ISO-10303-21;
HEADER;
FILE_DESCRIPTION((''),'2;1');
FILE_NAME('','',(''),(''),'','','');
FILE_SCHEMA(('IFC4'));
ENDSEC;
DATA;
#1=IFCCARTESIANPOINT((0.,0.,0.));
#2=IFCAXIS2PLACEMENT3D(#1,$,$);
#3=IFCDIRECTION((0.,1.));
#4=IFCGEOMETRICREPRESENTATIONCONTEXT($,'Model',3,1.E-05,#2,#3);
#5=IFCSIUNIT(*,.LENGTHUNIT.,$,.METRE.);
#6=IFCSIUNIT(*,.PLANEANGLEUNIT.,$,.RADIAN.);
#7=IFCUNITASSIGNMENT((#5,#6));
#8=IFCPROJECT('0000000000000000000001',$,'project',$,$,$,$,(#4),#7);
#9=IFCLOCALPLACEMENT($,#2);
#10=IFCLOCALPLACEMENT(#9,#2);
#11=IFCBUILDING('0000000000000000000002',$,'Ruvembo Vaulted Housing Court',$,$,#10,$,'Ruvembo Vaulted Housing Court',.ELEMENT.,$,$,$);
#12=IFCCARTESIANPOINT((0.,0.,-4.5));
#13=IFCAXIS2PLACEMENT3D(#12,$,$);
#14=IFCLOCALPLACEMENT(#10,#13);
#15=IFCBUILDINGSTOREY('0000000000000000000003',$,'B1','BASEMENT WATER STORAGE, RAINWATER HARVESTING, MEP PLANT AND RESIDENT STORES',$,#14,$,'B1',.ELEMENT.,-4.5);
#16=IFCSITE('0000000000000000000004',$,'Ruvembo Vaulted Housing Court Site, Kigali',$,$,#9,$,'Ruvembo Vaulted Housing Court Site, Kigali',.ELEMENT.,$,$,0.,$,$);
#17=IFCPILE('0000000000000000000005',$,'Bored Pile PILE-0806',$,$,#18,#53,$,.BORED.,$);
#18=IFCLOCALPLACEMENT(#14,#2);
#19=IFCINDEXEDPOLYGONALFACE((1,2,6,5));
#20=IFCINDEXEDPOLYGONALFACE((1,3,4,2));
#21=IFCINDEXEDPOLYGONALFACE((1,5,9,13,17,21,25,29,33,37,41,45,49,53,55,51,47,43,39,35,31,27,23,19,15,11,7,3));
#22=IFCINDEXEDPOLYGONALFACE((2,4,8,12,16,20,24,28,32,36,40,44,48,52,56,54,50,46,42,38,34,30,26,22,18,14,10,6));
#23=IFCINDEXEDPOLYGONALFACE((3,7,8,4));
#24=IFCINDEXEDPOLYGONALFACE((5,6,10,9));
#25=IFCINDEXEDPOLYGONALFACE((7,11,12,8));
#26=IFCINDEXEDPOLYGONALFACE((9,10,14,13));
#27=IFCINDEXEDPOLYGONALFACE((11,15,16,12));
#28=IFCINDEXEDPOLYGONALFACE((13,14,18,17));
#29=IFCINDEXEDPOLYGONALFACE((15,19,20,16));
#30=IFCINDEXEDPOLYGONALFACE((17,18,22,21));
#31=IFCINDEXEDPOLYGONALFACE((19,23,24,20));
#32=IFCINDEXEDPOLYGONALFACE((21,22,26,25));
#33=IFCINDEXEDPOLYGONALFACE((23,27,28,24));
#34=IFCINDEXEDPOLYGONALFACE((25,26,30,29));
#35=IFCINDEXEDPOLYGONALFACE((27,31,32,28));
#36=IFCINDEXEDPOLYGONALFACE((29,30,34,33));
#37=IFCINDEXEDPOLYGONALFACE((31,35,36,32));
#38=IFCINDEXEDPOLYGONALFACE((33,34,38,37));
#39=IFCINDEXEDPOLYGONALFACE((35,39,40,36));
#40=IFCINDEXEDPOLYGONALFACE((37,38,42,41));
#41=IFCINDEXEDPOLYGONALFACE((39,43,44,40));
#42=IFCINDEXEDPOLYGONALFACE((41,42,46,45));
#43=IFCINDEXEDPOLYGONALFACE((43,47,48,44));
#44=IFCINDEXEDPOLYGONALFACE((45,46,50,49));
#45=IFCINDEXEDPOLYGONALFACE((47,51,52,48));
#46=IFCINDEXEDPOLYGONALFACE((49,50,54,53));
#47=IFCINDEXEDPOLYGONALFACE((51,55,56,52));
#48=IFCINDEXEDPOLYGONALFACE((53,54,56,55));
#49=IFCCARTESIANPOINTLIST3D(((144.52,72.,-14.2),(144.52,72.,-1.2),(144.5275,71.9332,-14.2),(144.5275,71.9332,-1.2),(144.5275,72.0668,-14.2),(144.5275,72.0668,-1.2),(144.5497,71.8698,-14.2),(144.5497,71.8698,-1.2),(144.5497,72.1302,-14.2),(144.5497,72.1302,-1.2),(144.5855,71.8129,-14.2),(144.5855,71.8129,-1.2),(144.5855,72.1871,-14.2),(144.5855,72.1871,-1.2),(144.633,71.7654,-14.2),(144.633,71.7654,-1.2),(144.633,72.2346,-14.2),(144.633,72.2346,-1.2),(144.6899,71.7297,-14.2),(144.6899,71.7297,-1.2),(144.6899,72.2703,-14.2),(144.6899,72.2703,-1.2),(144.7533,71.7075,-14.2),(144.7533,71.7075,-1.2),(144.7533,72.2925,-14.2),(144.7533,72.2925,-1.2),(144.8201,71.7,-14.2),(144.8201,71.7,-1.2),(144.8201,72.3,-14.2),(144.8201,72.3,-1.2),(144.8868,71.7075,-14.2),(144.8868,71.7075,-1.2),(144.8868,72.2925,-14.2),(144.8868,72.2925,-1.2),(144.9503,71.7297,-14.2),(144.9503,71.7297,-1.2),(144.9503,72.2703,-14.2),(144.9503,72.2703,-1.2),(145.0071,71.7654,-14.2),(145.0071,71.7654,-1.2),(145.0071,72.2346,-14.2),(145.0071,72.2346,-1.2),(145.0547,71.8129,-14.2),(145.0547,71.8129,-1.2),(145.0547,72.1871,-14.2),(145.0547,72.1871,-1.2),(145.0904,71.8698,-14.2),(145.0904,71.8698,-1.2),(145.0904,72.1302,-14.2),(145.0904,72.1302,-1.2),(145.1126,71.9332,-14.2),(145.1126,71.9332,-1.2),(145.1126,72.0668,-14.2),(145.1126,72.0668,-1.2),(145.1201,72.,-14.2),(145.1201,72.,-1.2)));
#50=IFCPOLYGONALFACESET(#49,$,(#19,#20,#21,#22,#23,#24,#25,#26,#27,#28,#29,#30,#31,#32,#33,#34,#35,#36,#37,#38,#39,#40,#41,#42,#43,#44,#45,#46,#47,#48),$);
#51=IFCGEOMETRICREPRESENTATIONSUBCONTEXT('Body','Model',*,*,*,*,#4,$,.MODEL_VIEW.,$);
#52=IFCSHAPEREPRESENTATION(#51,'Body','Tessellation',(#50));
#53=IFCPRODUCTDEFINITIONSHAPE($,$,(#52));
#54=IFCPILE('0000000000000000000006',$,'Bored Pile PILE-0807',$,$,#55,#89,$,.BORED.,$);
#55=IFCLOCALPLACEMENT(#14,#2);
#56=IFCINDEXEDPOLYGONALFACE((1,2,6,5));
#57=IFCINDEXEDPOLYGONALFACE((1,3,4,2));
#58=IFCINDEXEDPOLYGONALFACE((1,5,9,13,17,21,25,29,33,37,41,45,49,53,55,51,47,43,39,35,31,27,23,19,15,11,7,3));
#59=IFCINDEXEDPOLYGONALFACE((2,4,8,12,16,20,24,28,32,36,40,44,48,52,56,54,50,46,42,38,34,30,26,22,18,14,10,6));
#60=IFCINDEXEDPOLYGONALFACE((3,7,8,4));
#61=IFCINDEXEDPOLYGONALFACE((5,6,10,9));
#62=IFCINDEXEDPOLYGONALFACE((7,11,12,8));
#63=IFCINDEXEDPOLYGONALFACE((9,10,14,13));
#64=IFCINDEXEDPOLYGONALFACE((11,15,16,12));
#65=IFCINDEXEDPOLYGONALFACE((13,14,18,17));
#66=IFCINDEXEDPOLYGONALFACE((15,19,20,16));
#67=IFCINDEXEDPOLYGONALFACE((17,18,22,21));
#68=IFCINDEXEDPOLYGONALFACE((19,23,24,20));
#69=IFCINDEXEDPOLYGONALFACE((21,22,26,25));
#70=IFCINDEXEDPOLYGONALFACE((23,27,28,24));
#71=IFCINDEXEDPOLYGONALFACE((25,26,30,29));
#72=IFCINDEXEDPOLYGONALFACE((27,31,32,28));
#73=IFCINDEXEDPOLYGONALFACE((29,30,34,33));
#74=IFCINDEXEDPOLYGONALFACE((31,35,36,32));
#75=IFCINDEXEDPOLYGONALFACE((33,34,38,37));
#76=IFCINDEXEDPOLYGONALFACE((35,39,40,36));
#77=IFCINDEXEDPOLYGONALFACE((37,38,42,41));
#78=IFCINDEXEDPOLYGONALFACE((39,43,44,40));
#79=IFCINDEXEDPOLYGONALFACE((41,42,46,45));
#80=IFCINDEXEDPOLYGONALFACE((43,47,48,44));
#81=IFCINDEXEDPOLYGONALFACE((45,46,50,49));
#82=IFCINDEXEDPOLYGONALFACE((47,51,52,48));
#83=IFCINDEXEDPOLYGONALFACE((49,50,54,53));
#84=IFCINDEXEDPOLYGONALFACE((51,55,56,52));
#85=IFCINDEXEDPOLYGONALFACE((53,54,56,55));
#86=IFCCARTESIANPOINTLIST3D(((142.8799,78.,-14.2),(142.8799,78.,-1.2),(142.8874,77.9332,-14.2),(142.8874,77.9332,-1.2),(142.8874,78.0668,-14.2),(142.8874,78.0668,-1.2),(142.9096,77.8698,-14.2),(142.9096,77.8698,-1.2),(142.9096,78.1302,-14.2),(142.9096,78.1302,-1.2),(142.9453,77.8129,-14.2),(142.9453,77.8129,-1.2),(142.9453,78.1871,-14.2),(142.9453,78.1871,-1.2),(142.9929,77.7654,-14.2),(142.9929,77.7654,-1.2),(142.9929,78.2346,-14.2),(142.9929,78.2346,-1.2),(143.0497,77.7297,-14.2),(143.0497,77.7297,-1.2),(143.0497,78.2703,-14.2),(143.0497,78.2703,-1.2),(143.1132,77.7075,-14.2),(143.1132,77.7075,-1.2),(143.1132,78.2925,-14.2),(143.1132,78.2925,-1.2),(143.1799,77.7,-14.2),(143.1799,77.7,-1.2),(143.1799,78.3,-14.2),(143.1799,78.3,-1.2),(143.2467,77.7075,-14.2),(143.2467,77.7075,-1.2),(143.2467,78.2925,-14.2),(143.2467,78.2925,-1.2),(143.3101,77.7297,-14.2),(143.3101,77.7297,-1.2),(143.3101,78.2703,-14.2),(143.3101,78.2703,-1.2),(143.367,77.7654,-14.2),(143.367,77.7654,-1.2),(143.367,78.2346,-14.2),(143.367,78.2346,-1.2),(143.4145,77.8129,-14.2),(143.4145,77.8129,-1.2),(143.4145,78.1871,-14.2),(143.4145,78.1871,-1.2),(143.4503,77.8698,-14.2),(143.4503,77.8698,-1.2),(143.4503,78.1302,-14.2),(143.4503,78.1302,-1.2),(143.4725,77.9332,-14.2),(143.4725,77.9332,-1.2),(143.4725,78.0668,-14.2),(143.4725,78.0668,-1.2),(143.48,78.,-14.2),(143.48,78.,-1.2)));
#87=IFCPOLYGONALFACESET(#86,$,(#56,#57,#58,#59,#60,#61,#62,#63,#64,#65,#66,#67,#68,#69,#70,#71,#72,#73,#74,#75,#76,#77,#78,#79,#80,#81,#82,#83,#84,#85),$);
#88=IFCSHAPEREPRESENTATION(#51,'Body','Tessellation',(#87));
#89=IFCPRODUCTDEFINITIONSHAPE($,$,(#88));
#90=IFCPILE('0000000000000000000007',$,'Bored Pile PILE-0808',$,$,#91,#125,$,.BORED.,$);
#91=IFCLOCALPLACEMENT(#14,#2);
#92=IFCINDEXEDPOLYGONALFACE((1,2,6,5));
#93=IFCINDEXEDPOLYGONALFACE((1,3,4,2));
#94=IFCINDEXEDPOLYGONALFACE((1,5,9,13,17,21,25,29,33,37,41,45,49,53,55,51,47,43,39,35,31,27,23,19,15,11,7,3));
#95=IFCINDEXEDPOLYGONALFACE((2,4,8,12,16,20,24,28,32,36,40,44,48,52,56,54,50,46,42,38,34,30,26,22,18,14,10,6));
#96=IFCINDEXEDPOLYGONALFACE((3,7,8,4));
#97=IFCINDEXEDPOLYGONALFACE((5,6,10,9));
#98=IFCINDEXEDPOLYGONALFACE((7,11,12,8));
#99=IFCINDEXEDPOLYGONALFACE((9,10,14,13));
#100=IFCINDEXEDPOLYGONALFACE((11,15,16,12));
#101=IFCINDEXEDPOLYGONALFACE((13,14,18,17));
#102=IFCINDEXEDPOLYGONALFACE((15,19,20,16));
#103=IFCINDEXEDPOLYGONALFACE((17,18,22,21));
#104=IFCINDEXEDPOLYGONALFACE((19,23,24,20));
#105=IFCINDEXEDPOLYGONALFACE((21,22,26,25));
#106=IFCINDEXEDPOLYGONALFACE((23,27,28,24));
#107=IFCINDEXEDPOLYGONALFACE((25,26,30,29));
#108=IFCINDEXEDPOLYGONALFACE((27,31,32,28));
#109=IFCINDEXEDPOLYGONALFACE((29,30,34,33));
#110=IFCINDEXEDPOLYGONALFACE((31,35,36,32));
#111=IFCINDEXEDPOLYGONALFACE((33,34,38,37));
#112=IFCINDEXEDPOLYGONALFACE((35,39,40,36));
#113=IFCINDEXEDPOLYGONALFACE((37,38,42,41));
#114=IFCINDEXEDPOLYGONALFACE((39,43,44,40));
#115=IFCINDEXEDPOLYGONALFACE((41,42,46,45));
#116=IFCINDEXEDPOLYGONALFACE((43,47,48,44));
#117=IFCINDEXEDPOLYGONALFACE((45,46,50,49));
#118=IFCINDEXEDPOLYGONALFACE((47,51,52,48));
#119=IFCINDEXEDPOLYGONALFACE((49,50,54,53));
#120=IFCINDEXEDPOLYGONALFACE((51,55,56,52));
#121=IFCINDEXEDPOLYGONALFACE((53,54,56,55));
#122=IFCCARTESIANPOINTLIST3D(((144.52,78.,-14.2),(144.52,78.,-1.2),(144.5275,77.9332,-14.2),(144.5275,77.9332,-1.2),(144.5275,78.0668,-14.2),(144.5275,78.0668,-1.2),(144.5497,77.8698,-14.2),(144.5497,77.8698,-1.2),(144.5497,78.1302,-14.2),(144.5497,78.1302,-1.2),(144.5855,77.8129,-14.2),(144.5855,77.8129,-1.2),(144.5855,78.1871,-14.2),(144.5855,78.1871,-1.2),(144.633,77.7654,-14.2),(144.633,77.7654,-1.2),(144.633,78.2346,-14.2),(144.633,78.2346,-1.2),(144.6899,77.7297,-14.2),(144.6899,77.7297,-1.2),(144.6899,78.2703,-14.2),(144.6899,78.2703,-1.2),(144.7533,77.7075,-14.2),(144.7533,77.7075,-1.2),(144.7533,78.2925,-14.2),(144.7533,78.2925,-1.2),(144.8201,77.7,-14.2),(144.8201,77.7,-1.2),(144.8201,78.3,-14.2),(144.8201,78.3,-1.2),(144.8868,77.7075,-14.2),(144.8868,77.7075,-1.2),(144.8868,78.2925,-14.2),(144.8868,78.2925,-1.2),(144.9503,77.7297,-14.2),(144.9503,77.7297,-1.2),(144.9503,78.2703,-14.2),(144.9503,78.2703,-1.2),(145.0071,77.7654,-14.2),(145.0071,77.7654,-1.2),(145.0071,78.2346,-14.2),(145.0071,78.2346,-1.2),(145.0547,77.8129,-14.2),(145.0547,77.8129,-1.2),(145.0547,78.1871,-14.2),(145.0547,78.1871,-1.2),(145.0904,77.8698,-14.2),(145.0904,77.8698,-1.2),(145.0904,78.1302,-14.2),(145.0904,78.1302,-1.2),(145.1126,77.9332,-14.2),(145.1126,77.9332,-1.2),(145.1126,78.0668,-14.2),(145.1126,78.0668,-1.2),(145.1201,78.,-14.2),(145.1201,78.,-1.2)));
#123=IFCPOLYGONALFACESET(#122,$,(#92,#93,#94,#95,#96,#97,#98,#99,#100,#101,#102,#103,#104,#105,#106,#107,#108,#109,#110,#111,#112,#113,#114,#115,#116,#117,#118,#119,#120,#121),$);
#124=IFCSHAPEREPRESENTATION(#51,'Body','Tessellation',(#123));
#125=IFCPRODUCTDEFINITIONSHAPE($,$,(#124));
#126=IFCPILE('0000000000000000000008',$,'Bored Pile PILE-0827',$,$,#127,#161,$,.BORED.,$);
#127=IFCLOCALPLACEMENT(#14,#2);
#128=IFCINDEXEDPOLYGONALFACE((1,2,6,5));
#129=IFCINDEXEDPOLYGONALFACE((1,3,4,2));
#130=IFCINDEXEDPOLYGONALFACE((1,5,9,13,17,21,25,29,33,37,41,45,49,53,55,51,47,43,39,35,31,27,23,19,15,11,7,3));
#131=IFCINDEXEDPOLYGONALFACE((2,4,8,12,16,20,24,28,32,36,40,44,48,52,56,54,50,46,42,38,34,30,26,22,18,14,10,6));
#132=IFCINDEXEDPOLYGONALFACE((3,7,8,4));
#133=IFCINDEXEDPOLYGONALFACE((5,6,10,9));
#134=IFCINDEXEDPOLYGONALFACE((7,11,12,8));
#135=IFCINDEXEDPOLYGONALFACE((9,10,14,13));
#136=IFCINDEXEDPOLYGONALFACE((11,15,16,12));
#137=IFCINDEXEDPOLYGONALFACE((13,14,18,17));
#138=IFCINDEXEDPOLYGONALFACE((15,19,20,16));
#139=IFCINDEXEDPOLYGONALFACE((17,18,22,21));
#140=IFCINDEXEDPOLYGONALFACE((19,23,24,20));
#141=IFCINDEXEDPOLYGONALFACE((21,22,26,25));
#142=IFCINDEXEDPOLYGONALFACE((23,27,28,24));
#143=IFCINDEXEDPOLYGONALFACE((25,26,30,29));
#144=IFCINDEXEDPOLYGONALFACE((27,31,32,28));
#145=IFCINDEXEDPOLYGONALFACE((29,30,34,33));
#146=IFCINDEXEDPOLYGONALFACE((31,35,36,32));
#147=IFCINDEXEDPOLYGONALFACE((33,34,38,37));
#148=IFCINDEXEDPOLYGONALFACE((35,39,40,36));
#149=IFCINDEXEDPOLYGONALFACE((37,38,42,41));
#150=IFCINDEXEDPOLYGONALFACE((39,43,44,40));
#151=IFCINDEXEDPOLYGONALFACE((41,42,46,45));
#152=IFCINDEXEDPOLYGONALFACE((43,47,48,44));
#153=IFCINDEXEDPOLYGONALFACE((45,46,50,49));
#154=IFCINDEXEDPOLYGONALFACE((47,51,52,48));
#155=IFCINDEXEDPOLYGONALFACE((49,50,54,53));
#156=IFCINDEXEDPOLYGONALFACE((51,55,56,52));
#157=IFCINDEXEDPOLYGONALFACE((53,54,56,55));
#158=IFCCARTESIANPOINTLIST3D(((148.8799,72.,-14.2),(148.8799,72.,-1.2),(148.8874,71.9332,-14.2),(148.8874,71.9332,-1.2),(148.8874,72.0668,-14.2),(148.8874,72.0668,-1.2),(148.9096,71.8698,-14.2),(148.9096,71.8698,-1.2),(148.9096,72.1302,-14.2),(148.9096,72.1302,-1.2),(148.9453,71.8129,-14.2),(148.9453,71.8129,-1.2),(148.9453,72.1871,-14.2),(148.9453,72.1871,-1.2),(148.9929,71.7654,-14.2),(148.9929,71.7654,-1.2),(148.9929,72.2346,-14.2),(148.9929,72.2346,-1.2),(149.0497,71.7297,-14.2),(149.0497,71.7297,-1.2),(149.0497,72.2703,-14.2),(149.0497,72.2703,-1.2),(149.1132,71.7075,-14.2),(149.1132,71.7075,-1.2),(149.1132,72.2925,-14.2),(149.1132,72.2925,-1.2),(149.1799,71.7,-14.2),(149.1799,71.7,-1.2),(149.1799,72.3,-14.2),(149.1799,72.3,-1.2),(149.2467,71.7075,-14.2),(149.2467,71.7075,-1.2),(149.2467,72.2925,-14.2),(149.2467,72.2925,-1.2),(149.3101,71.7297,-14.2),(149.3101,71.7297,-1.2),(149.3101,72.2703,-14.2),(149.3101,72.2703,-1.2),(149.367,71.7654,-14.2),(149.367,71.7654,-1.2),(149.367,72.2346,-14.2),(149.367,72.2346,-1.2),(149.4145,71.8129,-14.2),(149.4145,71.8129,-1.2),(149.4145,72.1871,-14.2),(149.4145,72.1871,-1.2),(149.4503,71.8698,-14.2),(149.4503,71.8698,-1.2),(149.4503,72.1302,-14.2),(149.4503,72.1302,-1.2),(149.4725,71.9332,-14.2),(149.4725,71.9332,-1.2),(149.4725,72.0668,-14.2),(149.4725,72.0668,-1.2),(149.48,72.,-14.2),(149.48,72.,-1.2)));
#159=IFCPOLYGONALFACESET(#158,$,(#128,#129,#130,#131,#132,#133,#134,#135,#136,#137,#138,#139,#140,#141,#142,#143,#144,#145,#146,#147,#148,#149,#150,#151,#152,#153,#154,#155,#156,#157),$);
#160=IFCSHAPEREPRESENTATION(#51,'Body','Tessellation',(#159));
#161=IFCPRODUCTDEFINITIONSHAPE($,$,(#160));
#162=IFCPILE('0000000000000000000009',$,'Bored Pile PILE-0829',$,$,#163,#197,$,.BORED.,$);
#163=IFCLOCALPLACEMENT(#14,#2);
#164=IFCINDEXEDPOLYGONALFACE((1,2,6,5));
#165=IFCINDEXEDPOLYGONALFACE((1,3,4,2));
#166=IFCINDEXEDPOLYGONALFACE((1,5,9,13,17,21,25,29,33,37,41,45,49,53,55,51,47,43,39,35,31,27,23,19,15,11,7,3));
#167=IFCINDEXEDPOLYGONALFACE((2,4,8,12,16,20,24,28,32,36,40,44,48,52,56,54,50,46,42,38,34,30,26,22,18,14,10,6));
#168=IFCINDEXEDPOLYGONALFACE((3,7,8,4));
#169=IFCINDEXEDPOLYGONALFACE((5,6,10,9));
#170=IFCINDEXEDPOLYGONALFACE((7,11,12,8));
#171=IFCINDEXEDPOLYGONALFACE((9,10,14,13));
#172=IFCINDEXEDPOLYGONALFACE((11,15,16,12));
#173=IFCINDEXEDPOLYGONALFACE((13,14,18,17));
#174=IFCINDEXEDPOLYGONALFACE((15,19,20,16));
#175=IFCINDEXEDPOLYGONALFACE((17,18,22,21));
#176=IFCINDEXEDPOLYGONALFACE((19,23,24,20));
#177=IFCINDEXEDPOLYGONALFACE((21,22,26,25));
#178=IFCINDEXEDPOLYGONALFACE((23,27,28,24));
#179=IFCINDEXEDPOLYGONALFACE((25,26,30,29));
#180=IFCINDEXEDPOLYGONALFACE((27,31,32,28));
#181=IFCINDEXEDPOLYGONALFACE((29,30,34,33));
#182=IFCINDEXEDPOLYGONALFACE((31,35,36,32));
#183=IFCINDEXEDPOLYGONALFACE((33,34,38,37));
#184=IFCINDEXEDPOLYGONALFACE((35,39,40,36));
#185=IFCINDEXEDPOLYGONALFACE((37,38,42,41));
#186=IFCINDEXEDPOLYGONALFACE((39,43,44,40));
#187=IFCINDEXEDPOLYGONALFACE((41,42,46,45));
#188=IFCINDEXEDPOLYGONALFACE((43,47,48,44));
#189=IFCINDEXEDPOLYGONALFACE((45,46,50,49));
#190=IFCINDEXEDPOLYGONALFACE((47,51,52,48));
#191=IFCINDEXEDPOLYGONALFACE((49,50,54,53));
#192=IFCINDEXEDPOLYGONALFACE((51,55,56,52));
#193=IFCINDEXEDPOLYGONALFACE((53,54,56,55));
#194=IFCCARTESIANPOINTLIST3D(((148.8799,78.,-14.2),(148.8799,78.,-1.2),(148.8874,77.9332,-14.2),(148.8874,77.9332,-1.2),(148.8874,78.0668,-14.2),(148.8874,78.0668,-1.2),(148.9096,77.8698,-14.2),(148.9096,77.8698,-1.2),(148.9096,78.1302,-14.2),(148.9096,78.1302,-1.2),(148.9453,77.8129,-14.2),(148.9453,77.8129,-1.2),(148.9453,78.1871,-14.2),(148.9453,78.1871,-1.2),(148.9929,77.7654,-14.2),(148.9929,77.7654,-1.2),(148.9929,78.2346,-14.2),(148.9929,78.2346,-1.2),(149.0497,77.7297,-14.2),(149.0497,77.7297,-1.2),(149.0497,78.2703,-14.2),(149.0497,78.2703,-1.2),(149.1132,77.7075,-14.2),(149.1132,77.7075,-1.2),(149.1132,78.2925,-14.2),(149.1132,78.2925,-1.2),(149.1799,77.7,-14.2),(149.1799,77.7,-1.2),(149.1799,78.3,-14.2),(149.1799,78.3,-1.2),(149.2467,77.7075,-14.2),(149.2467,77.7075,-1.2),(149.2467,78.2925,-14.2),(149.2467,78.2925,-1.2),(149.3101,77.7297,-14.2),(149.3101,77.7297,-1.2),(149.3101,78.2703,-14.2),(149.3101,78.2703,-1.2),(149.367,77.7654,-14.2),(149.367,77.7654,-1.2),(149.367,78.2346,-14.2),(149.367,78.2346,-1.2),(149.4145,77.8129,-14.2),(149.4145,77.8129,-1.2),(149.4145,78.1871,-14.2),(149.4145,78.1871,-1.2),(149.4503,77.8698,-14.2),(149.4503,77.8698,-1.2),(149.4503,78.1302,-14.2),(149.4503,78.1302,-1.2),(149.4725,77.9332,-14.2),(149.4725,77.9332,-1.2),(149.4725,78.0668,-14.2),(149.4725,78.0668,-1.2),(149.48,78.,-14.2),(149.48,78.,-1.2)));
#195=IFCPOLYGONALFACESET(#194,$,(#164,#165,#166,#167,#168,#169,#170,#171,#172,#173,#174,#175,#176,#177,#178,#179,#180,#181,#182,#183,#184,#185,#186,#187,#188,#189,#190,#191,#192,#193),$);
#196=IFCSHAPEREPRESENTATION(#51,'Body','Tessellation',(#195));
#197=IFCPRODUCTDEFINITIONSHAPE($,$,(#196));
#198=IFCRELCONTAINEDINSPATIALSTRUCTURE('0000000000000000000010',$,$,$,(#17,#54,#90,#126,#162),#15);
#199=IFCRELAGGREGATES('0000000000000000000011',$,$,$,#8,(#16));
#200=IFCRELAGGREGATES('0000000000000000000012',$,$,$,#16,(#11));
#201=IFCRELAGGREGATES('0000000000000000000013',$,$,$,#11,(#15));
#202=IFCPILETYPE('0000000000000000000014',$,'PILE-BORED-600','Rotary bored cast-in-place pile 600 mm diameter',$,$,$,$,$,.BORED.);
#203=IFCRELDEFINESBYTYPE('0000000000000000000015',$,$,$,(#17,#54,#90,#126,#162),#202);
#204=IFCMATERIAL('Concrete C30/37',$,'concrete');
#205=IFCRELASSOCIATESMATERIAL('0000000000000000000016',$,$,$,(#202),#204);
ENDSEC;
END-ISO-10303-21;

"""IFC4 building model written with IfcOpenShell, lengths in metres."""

from ifc_helpers import new_model, si_unit, direction, frame, origin, origin_2d, place, context, subcontext, project, spatial, circle, extrude, material, material_profile, profile_set, type_object, element, save


model = new_model("IFC4")

# Units and contexts
model_context = context("Model", 3, precision=1e-05, world=origin(), true_north=direction((0.0, 1.0)))
body_context = subcontext(model_context, "Body", "Model", "MODEL_VIEW")
ifc_project = project(units=[si_unit("LENGTHUNIT", "METRE"), si_unit("PLANEANGLEUNIT", "RADIAN")], contexts=[model_context])

# Site, building, storey
site_placement = place(None, origin())
site = spatial("IfcSite", under=ifc_project, at=site_placement, Name="Ruvembo Vaulted Housing Court Site, Kigali", LongName="Ruvembo Vaulted Housing Court Site, Kigali", CompositionType="ELEMENT", RefElevation=0.0)
building_placement = place(site_placement, origin())
building = spatial("IfcBuilding", under=site, at=building_placement, Name="Ruvembo Vaulted Housing Court", LongName="Ruvembo Vaulted Housing Court", CompositionType="ELEMENT")
storey_placement = place(building_placement, frame((0.0, 0.0, -4.5)))
storey = spatial("IfcBuildingStorey", under=building, at=storey_placement, Name="B1", Description="BASEMENT WATER STORAGE, RAINWATER HARVESTING, MEP PLANT AND RESIDENT STORES", LongName="B1", CompositionType="ELEMENT", Elevation=-4.5)

# Piles
ifc_material_1 = material(Name="Concrete C30/37", Category="concrete")
ifc_material_profile_1 = material_profile(ifc_material_1, circle(Radius=0.3, at=origin_2d()), Name="PILE D600")
ifc_profile_set_1 = profile_set([ifc_material_profile_1], Name="Concrete C30/37")
pile_type_1 = type_object("IfcPileType", Name="PILE-BORED-600", Description="Rotary bored cast-in-place pile 600 mm diameter", PredefinedType="BORED", material=ifc_profile_set_1)
for number, where, z_axis, x_axis, name in (
    (1, (144.8201, 72.0, -1.2), (0.0, 0.0, -1.0), (1.0, 0.0, 0.0), "Bored Pile PILE-0806"),
    (2, (143.1799, 78.0, -1.2), (0.0, 0.0, -1.0), (1.0, 0.0, 0.0), "Bored Pile PILE-0807"),
    (3, (144.8201, 78.0, -1.2), (0.0, 0.0, -1.0), (1.0, 0.0, 0.0), "Bored Pile PILE-0808"),
    (4, (149.1799, 72.0, -1.2), (0.0, 0.0, -1.0), (1.0, 0.0, 0.0), "Bored Pile PILE-0827"),
    (5, (149.1799, 78.0, -1.2), (0.0, 0.0, -1.0), (1.0, 0.0, 0.0), "Bored Pile PILE-0829"),
):
    element("IfcPile", number, at=place(storey_placement, frame(where, z_axis=z_axis, x_axis=x_axis)), inside=storey, type_object=pile_type_1, Name=name, PredefinedType="BORED", context=body_context, shape_type="SweptSolid", body=[
        extrude(circle(Radius=0.3, at=origin_2d()), origin(), (0.0, 0.0, 1.0), 13.0),
    ])

save(model, "model.ifc")
